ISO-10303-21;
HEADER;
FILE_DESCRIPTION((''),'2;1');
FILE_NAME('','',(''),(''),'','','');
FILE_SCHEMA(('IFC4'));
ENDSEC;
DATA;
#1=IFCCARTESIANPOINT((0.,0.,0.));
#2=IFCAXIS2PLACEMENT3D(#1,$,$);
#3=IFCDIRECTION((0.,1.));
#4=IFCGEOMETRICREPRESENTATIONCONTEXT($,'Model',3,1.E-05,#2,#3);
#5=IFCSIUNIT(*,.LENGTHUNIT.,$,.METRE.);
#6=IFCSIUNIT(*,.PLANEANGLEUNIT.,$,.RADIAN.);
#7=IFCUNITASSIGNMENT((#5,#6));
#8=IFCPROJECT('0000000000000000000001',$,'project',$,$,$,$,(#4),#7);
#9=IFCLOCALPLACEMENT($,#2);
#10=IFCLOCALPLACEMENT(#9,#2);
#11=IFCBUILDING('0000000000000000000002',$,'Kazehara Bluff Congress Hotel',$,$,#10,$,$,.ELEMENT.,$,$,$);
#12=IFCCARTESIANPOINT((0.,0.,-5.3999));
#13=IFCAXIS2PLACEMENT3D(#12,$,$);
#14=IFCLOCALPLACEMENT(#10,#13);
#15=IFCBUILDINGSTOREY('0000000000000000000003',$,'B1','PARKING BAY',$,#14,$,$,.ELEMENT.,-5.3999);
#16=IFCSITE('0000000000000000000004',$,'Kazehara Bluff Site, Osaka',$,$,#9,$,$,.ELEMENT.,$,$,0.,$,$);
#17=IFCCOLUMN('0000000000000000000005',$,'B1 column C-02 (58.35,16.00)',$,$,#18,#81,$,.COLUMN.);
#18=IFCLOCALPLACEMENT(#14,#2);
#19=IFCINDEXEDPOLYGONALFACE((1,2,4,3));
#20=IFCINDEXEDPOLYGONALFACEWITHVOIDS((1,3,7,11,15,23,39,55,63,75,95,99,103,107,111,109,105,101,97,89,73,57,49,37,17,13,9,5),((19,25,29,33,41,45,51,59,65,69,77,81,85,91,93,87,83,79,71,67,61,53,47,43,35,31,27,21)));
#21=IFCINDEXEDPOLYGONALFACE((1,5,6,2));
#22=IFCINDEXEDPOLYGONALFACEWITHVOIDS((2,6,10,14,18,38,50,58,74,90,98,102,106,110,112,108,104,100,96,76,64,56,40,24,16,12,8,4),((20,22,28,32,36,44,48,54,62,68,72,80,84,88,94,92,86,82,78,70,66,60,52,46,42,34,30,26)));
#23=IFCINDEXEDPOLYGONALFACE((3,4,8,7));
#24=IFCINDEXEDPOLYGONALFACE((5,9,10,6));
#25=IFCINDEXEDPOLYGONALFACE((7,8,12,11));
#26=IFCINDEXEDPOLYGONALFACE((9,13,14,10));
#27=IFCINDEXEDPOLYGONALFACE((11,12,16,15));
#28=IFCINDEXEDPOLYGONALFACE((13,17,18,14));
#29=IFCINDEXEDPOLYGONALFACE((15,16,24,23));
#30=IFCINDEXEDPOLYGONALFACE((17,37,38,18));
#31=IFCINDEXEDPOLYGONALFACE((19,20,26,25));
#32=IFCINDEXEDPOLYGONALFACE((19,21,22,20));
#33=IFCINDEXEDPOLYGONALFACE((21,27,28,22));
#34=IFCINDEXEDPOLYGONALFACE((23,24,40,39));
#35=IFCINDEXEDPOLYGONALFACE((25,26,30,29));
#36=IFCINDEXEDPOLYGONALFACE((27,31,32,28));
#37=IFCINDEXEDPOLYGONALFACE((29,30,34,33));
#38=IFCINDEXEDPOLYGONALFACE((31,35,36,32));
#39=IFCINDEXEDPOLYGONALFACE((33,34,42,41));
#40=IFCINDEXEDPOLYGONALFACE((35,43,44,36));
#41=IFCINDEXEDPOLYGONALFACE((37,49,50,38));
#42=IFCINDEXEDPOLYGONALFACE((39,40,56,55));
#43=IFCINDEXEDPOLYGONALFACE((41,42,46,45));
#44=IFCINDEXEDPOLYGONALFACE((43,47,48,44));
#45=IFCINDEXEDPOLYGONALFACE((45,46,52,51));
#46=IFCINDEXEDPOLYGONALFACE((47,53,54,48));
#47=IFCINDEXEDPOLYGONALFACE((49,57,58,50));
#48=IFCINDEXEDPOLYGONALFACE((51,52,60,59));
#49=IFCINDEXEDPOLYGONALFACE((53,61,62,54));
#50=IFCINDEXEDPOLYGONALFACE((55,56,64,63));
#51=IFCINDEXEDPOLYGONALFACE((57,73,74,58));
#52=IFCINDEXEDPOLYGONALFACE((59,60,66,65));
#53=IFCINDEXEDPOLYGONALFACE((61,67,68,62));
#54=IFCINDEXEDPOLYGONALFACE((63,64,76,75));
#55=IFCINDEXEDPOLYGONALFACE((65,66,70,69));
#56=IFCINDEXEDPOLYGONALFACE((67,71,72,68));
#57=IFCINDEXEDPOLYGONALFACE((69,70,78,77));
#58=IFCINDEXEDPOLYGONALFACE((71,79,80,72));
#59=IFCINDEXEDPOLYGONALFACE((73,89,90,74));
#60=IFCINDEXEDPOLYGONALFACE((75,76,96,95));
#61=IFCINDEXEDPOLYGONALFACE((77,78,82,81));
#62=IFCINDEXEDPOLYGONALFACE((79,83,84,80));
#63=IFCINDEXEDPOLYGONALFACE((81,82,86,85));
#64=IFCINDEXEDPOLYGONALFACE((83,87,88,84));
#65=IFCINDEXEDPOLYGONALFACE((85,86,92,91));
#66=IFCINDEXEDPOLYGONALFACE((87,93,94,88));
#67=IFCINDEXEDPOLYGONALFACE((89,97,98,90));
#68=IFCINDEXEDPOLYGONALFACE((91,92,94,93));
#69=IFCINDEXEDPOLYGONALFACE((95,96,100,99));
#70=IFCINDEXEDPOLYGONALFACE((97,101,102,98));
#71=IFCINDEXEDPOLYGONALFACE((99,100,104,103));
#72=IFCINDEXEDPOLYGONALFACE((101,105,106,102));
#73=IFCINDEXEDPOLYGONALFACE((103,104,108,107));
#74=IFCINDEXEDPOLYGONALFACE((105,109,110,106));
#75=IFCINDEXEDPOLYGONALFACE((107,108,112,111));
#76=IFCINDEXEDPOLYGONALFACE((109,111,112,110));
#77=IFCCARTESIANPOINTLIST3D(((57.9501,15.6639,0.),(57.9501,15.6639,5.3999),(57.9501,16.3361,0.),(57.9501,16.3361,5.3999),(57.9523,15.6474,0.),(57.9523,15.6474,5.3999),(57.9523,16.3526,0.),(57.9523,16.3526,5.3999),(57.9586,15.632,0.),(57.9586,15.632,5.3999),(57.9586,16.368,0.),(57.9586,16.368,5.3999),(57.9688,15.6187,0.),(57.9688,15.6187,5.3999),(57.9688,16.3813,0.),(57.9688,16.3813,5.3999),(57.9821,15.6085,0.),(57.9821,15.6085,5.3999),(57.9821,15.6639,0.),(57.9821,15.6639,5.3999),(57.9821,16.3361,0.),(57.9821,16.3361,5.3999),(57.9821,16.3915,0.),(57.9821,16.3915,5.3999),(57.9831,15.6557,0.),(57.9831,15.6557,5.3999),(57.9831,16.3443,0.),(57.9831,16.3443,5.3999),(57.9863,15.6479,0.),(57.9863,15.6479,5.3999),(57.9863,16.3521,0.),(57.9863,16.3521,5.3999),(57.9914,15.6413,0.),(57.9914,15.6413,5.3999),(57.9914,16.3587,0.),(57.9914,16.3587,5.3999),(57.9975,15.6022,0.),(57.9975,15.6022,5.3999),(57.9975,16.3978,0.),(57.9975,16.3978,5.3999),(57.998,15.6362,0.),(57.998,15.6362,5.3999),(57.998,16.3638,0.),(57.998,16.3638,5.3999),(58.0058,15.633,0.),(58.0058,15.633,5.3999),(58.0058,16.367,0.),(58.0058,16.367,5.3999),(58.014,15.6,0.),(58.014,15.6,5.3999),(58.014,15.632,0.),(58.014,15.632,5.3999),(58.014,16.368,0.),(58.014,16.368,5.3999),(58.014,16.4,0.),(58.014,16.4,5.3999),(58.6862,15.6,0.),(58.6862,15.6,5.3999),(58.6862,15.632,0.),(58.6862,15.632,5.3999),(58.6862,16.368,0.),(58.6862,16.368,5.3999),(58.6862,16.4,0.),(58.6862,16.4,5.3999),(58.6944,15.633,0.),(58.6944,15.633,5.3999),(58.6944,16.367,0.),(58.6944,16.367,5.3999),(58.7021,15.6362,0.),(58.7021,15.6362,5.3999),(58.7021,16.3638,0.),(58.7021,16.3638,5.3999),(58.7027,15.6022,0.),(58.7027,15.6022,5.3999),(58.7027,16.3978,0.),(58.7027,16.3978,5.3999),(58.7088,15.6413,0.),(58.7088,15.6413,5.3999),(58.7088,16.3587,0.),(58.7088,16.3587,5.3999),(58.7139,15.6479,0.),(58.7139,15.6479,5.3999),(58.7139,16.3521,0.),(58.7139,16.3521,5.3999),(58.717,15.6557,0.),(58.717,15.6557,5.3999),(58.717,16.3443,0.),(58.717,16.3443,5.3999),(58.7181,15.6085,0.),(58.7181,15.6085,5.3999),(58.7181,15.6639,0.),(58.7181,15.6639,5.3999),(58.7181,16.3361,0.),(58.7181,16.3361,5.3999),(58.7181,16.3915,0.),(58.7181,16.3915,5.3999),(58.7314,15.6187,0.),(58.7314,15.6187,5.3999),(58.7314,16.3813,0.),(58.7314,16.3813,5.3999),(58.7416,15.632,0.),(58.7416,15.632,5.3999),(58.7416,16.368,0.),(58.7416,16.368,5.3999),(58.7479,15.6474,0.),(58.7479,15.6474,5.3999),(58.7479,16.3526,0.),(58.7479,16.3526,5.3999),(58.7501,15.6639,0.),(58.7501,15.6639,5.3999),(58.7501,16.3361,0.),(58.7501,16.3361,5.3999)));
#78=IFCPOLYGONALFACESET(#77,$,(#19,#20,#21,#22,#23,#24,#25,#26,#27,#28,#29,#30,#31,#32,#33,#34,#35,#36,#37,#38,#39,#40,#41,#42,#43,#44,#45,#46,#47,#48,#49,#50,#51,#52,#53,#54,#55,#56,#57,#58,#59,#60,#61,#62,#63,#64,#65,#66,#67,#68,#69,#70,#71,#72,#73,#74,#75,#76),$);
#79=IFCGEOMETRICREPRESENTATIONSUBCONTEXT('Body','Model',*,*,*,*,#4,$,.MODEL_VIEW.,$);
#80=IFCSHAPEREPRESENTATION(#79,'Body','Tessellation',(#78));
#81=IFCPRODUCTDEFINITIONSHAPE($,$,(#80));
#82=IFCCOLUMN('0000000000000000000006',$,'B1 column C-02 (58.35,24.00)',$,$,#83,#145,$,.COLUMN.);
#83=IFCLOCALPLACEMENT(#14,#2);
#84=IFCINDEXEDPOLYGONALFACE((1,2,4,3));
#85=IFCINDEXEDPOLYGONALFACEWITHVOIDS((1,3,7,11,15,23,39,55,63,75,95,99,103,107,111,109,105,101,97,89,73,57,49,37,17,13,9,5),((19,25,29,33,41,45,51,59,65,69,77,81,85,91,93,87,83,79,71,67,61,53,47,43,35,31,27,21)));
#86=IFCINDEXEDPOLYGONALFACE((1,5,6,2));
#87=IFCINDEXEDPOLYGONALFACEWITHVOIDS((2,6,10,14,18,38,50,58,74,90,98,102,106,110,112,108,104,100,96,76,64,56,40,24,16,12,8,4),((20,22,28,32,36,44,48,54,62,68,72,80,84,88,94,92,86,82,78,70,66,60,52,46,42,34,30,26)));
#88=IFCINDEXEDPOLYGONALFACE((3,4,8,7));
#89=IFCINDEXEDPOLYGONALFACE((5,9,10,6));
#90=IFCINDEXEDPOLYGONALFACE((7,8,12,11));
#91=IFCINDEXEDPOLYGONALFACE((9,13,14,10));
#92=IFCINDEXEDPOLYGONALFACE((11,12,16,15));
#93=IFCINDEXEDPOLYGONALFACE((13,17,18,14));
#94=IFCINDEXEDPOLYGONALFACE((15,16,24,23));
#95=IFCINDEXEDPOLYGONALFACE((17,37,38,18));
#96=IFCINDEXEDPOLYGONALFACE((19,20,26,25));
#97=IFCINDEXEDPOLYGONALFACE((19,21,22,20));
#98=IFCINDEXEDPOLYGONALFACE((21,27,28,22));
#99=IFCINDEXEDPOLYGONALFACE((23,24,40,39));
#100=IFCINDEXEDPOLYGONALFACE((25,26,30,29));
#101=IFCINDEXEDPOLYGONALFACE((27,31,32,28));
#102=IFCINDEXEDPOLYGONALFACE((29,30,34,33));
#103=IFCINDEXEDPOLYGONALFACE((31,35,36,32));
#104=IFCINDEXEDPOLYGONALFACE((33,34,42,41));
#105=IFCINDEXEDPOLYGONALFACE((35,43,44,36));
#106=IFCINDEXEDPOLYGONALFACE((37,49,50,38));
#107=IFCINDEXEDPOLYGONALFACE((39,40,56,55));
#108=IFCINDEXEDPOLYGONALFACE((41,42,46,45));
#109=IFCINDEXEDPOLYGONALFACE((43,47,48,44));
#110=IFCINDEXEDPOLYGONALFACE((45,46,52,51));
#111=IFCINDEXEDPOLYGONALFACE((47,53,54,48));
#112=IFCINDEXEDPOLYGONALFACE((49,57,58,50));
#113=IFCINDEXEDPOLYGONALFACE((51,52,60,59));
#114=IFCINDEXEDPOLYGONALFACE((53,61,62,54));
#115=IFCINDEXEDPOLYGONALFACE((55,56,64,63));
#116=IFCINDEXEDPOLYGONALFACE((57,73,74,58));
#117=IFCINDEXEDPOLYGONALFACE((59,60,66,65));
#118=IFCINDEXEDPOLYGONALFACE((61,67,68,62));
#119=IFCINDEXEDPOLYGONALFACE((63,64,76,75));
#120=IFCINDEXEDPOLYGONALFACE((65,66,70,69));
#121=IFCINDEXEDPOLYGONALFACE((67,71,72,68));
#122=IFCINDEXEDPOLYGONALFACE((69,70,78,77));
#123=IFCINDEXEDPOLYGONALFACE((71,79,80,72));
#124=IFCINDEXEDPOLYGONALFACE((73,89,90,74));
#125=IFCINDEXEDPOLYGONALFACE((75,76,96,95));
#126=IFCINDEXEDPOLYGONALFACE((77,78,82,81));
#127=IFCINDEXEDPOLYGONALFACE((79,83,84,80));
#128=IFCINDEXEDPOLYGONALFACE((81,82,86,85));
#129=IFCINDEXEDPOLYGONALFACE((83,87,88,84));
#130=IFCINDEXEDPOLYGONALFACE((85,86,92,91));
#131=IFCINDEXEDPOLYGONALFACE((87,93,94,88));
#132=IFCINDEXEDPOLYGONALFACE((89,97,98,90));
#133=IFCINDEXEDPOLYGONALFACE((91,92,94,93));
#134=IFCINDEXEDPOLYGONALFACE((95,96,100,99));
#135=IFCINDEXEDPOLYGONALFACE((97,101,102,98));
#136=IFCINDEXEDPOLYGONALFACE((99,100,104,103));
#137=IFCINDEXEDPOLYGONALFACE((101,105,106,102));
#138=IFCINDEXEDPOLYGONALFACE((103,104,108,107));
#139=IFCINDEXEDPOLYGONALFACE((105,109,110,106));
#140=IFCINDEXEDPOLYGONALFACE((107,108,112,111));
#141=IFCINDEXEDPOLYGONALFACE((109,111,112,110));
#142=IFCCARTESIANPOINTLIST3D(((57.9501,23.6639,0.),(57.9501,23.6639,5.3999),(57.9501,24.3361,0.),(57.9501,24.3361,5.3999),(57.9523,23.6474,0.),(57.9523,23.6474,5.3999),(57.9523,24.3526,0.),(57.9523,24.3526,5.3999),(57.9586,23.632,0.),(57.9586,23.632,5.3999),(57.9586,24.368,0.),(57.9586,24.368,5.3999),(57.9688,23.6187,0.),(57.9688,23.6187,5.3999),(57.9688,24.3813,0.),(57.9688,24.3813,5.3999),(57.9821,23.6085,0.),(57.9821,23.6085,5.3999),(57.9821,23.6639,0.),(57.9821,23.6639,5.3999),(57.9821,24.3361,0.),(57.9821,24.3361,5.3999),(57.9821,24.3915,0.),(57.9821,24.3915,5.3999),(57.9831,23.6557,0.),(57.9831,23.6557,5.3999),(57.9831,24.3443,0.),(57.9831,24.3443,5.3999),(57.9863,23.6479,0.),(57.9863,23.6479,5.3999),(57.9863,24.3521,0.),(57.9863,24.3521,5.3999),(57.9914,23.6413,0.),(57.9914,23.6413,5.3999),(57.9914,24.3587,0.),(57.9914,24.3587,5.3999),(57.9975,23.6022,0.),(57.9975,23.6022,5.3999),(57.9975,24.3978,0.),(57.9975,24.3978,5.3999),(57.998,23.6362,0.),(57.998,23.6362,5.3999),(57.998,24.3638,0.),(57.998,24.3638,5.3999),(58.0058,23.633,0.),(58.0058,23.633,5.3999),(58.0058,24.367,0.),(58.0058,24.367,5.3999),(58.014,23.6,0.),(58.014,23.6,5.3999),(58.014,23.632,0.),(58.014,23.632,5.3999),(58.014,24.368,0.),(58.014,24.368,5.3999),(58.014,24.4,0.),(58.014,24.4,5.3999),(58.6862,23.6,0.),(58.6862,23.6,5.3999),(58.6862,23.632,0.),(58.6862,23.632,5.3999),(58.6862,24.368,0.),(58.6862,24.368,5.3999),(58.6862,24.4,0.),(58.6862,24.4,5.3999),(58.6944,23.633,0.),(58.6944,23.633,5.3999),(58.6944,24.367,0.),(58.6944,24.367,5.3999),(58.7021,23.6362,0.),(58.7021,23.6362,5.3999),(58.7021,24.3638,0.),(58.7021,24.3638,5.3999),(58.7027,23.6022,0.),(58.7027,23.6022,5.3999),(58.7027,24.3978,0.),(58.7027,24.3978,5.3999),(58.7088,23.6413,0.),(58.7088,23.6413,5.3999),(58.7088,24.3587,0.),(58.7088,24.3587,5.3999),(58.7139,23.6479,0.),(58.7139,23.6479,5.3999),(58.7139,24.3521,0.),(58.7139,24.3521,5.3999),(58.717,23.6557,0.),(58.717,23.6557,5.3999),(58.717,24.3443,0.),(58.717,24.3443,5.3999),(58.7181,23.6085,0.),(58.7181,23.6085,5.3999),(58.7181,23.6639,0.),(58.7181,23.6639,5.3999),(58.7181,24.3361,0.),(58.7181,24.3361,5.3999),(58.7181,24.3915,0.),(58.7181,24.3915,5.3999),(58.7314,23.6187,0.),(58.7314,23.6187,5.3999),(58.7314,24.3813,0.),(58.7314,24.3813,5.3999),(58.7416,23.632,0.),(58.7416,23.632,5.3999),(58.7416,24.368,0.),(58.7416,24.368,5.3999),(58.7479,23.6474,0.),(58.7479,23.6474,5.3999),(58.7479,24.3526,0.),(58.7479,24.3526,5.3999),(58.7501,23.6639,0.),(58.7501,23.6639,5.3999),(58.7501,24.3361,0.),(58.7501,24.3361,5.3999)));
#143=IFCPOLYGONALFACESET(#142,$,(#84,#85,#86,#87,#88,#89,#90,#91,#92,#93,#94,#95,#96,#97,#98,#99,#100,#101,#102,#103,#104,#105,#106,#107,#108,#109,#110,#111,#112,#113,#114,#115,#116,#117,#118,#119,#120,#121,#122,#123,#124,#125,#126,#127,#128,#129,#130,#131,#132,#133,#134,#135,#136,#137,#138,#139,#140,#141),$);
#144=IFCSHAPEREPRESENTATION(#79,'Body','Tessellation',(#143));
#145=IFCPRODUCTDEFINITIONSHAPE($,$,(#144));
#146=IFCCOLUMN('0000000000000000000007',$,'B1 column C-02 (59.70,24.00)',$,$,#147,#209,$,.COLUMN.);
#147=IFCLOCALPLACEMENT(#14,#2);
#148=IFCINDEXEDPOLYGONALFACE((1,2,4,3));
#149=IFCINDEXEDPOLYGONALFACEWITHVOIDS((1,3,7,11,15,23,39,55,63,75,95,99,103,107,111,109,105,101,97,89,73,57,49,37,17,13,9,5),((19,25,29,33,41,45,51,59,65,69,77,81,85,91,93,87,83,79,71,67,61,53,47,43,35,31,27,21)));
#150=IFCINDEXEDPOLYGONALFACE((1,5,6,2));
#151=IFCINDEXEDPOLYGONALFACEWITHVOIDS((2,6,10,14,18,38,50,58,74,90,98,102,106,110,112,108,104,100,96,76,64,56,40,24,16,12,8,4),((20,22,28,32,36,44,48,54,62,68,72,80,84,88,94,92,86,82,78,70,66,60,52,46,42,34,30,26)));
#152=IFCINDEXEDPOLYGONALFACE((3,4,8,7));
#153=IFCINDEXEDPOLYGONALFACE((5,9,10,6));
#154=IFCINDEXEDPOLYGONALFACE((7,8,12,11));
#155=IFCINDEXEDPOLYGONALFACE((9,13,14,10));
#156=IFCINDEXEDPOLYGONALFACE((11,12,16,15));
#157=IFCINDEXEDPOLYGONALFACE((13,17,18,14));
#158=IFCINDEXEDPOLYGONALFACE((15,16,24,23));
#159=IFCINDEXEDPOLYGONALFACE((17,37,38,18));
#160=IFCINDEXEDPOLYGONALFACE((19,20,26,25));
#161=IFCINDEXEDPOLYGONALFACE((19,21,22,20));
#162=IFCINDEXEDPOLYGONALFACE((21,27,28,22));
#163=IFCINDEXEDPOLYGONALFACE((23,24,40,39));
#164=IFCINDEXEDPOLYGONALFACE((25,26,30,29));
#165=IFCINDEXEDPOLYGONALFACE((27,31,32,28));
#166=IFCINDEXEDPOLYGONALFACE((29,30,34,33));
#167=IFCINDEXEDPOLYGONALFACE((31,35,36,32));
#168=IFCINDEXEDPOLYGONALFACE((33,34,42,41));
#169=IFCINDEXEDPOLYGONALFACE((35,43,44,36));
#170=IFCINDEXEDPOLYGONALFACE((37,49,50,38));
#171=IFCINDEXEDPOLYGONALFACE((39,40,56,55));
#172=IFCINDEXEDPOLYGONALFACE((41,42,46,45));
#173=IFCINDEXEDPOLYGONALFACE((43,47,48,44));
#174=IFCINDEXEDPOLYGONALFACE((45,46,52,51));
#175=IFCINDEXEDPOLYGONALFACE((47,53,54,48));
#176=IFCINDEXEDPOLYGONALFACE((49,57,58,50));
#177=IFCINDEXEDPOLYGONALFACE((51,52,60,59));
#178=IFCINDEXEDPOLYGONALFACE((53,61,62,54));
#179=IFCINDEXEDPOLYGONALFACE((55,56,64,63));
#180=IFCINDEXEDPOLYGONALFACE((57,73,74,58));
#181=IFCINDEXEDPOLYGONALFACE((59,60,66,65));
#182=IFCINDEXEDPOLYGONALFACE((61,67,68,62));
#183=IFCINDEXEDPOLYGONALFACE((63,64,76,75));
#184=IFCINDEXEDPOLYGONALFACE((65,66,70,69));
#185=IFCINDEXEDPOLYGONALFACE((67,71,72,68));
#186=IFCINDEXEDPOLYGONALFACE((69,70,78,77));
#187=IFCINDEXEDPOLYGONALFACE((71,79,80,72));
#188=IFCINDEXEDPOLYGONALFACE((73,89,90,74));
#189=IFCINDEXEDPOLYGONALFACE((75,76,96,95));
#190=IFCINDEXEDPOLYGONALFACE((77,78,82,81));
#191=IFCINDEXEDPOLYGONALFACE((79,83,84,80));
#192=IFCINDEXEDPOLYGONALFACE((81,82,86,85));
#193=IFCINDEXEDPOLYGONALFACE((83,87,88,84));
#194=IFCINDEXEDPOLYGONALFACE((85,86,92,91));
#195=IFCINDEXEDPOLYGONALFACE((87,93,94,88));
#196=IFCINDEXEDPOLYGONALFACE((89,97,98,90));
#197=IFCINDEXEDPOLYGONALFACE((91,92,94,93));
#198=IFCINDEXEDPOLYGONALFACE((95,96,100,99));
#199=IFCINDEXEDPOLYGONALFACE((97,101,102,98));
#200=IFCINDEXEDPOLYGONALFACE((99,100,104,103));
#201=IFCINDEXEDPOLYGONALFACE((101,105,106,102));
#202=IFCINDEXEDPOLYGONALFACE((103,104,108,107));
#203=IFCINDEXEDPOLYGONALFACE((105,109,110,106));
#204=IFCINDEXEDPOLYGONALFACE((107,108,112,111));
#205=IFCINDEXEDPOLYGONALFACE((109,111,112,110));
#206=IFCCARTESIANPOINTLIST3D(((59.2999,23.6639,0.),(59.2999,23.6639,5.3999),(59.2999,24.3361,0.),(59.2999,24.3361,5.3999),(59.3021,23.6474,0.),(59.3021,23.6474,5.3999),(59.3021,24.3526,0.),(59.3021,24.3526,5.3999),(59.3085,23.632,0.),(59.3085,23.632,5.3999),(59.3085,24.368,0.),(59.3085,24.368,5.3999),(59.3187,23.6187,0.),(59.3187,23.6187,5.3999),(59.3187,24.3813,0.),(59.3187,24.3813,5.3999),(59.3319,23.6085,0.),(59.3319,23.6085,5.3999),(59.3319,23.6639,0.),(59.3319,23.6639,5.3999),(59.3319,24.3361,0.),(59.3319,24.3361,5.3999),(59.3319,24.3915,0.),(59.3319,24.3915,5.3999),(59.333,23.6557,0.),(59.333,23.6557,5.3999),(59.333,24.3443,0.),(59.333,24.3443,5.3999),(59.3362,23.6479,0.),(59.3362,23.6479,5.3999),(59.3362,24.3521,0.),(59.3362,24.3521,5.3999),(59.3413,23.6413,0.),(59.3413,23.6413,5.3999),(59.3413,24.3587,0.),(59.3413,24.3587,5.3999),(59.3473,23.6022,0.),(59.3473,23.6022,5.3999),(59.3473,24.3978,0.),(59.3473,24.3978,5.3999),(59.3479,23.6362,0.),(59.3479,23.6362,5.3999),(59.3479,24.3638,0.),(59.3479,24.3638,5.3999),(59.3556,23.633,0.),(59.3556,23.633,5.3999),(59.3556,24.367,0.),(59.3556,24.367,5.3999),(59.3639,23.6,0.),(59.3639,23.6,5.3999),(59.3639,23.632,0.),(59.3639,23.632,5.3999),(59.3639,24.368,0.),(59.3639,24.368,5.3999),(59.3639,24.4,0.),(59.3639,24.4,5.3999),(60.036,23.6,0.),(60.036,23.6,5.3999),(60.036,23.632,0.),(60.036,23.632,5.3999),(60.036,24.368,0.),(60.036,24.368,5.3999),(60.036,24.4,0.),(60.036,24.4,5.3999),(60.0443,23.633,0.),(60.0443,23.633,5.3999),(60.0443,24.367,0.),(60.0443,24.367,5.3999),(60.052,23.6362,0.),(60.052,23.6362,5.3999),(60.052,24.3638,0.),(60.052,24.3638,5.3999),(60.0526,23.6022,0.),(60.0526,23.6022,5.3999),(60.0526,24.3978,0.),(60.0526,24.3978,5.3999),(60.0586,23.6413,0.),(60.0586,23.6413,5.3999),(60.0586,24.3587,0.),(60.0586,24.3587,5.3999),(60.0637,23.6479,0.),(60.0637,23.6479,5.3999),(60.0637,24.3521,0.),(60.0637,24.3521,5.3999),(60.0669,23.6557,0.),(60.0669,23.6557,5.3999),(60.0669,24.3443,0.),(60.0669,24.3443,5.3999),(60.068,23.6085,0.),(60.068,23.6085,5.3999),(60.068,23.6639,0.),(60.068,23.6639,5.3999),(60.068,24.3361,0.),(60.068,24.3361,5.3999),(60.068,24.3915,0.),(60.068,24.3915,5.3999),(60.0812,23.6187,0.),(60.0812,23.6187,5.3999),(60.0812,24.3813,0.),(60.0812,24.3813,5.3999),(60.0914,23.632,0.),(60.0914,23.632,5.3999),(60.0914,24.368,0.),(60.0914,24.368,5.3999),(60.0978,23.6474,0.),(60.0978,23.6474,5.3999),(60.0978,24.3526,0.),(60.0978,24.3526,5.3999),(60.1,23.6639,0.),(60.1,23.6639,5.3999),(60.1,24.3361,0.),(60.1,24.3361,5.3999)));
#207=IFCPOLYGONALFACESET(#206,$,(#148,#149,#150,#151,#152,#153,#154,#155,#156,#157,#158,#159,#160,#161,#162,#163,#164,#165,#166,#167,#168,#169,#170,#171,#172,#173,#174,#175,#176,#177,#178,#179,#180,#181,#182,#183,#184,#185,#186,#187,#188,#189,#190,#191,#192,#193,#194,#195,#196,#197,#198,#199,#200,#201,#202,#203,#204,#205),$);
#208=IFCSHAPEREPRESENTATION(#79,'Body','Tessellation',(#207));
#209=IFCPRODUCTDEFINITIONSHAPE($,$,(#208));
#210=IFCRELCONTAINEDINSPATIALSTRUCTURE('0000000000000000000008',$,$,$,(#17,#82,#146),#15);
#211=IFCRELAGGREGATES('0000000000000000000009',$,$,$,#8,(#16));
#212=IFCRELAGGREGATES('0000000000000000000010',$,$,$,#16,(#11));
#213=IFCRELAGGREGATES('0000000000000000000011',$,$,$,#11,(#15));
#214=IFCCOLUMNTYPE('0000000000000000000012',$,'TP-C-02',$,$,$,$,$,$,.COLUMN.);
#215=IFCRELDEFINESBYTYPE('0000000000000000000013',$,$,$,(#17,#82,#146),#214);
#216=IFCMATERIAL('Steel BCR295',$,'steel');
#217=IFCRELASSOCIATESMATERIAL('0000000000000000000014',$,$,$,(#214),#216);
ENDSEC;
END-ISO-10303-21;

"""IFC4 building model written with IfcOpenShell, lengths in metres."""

from ifc_helpers import new_model, si_unit, direction, frame, origin, origin_2d, place, context, subcontext, project, spatial, hollow_rectangle, extrude, material, material_profile, profile_set, type_object, element, save


model = new_model("IFC4")

# Units and contexts
model_context = context("Model", 3, precision=1e-05, world=origin(), true_north=direction((0.0, 1.0)))
body_context = subcontext(model_context, "Body", "Model", "MODEL_VIEW")
ifc_project = project(units=[si_unit("LENGTHUNIT", "METRE"), si_unit("PLANEANGLEUNIT", "RADIAN")], contexts=[model_context])

# Site, building, storey
site_placement = place(None, origin())
site = spatial("IfcSite", under=ifc_project, at=site_placement, Name="Kazehara Bluff Site, Osaka", CompositionType="ELEMENT", RefElevation=0.0)
building_placement = place(site_placement, origin())
building = spatial("IfcBuilding", under=site, at=building_placement, Name="Kazehara Bluff Congress Hotel", CompositionType="ELEMENT")
storey_placement = place(building_placement, frame((0.0, 0.0, -5.3999)))
storey = spatial("IfcBuildingStorey", under=building, at=storey_placement, Name="B1", Description="PARKING BAY", CompositionType="ELEMENT", Elevation=-5.3999)

# Columns
ifc_material_1 = material(Name="Steel BCR295", Category="steel")
ifc_material_profile_1 = material_profile(ifc_material_1, hollow_rectangle(XDim=0.8, YDim=0.8, WallThickness=0.032, InnerFilletRadius=0.032, OuterFilletRadius=0.064, at=origin_2d()))
ifc_profile_set_1 = profile_set([ifc_material_profile_1], Name="Steel BCR295")
column_type = type_object("IfcColumnType", Name="TP-C-02", PredefinedType="COLUMN", material=ifc_profile_set_1)
for number, where, z_axis, x_axis, name in (
    (1, (58.3501, 16.0, 0.0), (0.0, 0.0, 1.0), (1.0, 0.0, 0.0), "B1 column C-02 (58.35,16.00)"),
    (2, (58.3501, 24.0, 0.0), (0.0, 0.0, 1.0), (1.0, 0.0, 0.0), "B1 column C-02 (58.35,24.00)"),
    (3, (59.7, 24.0, 0.0), (0.0, 0.0, 1.0), (1.0, 0.0, 0.0), "B1 column C-02 (59.70,24.00)"),
):
    element("IfcColumn", number, at=place(storey_placement, frame(where, z_axis=z_axis, x_axis=x_axis)), inside=storey, type_object=column_type, Name=name, PredefinedType="COLUMN", context=body_context, shape_type="SweptSolid", body=[
        extrude(hollow_rectangle(XDim=0.8, YDim=0.8, WallThickness=0.032, InnerFilletRadius=0.032, OuterFilletRadius=0.064, at=origin_2d()), origin(), (0.0, 0.0, 1.0), 5.3999),
    ])

save(model, "model.ifc")
